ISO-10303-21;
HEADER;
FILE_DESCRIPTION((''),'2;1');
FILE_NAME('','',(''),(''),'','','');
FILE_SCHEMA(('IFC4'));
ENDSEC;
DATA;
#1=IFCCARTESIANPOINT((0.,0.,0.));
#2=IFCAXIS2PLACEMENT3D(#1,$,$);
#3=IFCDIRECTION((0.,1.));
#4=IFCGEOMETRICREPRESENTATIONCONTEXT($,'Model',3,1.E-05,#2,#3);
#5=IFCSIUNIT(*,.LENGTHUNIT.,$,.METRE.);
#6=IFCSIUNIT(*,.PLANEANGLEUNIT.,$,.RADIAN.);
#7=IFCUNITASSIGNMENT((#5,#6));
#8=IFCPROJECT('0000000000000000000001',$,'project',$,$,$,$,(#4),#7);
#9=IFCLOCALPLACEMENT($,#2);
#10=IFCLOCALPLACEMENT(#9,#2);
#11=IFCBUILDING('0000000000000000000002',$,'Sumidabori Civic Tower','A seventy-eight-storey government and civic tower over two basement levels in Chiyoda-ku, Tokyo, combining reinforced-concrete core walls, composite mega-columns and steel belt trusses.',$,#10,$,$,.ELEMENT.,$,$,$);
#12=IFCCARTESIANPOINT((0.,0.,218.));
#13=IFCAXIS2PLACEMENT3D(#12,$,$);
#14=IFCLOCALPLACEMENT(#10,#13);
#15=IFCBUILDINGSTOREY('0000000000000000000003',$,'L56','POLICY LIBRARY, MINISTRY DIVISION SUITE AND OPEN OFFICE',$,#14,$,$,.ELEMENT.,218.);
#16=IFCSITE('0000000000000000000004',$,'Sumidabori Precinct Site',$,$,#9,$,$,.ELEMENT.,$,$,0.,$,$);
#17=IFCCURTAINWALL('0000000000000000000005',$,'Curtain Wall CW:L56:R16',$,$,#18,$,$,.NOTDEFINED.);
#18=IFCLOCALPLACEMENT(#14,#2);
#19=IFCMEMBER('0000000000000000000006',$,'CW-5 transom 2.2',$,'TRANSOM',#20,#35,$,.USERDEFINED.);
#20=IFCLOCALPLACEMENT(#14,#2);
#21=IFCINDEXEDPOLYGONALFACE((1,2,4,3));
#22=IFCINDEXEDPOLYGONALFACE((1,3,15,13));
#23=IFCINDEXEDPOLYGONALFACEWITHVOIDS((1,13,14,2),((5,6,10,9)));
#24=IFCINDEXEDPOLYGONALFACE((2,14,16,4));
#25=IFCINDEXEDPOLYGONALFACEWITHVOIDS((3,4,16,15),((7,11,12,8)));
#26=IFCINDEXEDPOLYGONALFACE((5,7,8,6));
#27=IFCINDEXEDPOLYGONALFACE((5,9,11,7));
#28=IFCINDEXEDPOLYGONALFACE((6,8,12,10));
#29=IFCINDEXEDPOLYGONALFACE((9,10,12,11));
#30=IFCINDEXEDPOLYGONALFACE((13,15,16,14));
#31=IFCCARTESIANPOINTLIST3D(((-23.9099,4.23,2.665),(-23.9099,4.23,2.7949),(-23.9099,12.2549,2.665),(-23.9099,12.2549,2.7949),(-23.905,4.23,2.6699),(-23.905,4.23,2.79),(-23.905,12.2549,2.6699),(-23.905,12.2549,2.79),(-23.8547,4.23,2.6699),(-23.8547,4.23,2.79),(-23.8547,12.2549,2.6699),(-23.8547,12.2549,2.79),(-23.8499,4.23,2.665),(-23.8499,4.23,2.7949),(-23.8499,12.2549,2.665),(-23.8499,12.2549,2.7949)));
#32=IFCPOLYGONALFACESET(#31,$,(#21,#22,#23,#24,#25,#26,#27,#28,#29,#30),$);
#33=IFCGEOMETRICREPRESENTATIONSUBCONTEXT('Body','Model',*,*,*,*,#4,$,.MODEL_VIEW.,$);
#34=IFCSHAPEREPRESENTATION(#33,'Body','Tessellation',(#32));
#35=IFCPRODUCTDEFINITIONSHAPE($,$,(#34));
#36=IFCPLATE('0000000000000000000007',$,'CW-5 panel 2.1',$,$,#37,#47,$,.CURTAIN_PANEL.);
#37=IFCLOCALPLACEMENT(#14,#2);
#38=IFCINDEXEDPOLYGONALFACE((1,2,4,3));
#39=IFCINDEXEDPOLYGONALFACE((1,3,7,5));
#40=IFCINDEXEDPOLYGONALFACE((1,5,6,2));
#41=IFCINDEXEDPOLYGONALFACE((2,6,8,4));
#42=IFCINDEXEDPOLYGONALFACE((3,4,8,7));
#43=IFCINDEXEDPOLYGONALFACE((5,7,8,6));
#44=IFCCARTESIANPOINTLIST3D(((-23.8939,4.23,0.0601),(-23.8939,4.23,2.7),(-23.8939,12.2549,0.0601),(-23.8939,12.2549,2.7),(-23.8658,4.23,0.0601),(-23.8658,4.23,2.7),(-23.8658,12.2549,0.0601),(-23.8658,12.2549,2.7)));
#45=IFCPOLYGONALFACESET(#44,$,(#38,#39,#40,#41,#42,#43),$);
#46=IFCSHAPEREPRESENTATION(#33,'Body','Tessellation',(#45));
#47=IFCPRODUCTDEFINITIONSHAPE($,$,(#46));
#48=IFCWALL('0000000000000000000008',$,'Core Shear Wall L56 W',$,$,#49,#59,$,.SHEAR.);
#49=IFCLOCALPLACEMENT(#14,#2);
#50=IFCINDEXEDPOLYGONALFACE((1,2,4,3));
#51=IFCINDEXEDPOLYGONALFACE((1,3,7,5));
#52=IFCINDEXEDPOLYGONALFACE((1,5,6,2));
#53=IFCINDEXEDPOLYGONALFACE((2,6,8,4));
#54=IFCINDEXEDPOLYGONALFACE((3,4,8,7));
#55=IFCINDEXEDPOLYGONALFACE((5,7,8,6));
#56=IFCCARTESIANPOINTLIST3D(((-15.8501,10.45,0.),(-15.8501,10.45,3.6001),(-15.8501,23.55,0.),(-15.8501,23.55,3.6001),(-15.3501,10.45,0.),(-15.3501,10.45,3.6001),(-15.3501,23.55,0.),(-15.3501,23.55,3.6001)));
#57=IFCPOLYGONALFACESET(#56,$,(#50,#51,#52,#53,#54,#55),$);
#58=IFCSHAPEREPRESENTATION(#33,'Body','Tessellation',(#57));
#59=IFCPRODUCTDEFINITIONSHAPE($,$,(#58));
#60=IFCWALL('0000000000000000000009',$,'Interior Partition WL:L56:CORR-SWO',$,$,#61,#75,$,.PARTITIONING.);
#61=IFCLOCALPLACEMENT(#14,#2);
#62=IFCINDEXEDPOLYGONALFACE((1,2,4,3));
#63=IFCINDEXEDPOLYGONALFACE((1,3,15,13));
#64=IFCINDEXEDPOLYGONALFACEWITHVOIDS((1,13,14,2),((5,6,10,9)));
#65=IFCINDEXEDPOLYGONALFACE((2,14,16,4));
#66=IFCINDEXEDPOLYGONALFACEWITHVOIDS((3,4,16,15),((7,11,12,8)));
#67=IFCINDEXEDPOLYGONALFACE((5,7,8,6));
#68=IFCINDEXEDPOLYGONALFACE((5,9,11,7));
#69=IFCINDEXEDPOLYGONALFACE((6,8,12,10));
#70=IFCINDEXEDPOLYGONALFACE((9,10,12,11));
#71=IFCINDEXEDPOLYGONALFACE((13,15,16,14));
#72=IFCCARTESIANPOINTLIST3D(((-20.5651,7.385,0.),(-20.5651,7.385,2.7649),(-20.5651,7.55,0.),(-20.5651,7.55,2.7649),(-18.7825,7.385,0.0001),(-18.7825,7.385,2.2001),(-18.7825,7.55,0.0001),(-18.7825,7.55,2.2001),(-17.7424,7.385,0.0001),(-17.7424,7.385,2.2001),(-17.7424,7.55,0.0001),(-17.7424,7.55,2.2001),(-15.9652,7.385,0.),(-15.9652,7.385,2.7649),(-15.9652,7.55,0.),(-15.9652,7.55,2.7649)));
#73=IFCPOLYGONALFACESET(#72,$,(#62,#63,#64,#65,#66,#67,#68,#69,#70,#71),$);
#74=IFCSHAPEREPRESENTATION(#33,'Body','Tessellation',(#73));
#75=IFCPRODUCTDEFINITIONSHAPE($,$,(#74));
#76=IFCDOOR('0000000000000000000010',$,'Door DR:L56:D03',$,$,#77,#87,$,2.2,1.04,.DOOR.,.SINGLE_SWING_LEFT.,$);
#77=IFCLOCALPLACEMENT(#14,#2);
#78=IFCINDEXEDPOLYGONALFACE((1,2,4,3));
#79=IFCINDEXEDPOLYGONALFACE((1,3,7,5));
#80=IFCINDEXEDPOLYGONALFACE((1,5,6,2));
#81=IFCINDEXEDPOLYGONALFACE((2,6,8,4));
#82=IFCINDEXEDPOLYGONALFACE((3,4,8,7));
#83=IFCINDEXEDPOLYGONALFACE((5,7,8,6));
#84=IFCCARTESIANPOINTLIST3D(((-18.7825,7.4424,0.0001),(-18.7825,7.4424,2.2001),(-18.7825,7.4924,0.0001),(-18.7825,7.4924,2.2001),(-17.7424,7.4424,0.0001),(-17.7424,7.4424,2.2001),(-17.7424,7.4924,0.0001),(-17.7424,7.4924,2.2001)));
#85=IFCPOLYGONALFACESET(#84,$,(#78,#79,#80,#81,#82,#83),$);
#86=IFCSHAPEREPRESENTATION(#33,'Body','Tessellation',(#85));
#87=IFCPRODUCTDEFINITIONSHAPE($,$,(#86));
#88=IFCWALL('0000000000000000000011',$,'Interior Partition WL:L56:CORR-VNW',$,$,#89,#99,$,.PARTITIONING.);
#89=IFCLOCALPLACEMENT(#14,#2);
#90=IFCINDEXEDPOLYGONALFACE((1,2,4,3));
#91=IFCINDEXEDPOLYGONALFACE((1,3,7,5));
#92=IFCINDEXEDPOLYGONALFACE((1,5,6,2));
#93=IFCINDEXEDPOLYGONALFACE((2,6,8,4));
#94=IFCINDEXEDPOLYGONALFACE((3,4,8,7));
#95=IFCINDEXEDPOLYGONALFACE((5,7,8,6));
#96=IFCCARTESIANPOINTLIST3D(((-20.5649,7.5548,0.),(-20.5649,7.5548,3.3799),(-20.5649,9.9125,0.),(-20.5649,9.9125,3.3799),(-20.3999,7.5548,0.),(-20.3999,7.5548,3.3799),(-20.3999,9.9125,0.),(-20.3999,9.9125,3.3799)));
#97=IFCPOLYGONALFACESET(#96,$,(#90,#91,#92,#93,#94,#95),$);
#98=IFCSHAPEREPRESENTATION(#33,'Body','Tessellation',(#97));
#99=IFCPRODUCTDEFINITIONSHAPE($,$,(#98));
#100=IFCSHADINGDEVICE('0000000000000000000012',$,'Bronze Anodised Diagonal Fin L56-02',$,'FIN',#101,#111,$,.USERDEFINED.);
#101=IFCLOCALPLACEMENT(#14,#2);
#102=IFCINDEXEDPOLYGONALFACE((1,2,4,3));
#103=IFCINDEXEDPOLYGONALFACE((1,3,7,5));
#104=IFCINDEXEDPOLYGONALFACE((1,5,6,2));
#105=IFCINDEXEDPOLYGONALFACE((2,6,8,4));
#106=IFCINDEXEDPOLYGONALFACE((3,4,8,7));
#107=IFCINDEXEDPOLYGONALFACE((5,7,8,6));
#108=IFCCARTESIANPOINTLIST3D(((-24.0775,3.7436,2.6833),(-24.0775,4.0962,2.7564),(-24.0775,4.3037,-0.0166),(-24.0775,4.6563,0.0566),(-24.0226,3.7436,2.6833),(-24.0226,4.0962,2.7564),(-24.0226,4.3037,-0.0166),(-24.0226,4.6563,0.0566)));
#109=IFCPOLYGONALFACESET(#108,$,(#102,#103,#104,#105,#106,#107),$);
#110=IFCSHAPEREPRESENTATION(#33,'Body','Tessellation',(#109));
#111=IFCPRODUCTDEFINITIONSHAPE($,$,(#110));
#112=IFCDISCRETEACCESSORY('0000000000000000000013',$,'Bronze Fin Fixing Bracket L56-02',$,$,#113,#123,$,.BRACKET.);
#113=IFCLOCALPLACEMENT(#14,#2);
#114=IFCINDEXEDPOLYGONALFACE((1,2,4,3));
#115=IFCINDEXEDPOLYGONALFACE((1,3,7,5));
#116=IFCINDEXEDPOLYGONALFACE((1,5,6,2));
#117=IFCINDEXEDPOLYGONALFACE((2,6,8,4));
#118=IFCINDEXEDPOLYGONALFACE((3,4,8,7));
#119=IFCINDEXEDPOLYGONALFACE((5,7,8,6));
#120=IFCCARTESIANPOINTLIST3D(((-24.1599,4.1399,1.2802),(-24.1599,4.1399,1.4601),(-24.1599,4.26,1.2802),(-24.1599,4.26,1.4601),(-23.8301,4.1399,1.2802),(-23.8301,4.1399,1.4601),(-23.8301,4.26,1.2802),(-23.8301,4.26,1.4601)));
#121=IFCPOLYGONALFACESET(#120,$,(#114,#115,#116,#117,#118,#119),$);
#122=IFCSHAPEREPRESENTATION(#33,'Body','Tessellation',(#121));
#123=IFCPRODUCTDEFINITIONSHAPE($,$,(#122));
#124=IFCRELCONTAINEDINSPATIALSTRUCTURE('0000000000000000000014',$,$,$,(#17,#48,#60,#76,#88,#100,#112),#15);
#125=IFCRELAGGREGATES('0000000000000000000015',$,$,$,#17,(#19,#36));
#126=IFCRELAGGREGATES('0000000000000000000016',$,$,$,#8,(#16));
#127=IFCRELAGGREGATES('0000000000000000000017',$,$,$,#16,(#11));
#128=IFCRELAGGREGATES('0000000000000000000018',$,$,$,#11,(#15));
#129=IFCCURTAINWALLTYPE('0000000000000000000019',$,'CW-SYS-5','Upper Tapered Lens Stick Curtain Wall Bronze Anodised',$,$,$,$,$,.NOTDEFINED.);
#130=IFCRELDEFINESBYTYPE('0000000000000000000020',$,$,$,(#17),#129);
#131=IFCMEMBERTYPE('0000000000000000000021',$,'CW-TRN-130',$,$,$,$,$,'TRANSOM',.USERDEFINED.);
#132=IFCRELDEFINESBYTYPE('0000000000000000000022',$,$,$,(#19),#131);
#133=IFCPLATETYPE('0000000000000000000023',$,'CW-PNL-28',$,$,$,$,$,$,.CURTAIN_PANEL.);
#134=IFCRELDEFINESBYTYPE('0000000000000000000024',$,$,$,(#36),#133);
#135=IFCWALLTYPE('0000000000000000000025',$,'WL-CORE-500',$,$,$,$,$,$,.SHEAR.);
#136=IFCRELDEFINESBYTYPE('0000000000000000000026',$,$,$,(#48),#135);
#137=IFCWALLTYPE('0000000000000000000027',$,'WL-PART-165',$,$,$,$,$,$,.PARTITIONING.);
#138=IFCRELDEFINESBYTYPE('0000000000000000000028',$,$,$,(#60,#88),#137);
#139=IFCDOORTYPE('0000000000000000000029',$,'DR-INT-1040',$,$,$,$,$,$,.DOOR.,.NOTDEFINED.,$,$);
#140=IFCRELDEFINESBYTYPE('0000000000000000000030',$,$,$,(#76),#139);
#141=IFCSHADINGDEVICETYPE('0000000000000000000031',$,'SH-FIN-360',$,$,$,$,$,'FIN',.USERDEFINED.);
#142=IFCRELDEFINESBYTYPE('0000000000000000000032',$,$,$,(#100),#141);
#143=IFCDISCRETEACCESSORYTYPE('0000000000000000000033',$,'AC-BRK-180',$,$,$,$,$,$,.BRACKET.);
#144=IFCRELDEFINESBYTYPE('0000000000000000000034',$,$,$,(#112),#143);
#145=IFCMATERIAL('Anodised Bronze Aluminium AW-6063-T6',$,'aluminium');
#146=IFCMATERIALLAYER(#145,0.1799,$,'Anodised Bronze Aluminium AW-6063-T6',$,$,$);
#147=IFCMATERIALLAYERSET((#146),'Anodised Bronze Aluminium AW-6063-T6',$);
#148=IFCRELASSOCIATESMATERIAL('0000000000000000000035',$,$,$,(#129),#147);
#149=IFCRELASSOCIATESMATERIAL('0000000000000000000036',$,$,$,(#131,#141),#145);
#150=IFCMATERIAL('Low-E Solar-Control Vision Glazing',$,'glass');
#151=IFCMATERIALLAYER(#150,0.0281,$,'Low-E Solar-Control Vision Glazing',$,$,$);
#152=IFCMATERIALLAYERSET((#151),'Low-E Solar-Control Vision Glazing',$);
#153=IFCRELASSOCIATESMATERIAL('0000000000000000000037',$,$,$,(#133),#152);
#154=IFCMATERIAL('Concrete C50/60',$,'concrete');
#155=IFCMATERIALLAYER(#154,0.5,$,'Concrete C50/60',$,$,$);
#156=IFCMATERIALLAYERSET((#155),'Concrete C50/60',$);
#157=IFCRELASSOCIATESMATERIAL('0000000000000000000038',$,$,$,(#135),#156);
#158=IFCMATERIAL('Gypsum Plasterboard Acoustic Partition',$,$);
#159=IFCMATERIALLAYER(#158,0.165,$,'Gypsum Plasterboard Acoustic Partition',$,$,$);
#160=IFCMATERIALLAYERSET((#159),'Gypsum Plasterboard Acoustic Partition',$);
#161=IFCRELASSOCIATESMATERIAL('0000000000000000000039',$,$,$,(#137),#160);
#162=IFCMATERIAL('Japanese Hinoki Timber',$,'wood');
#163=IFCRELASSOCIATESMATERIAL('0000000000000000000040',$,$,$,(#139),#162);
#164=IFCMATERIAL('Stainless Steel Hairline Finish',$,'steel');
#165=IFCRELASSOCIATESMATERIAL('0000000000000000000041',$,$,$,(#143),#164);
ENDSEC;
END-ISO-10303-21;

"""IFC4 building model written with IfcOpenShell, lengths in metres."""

from ifc_helpers import new_model, si_unit, direction, frame, frame_2d, origin, origin_2d, place, context, subcontext, project, spatial, rectangle, hollow_rectangle, extrude, source, transform, mapped, material, layer, layer_set, material_profile, profile_set, type_object, element, fill, aggregate, save


model = new_model("IFC4")

# Units and contexts
model_context = context("Model", 3, precision=1e-05, world=origin(), true_north=direction((0.0, 1.0)))
body_context = subcontext(model_context, "Body", "Model", "MODEL_VIEW")
ifc_project = project(units=[si_unit("LENGTHUNIT", "METRE"), si_unit("PLANEANGLEUNIT", "RADIAN")], contexts=[model_context])

# Site, building, storey
site_placement = place(None, origin())
site = spatial("IfcSite", under=ifc_project, at=site_placement, Name="Sumidabori Precinct Site", CompositionType="ELEMENT", RefElevation=0.0)
building_placement = place(site_placement, origin())
building = spatial("IfcBuilding", under=site, at=building_placement, Name="Sumidabori Civic Tower", Description="A seventy-eight-storey government and civic tower over two basement levels in Chiyoda-ku, Tokyo, combining reinforced-concrete core walls, composite mega-columns and steel belt trusses.", CompositionType="ELEMENT")
storey_placement = place(building_placement, frame((0.0, 0.0, 218.0)))
storey = spatial("IfcBuildingStorey", under=building, at=storey_placement, Name="L56", Description="POLICY LIBRARY, MINISTRY DIVISION SUITE AND OPEN OFFICE", CompositionType="ELEMENT", Elevation=218.0)

# Curtain wall, member, plate
ifc_material_1 = material(Name="Anodised Bronze Aluminium AW-6063-T6", Category="aluminium")
ifc_layer_1 = layer(ifc_material_1, 0.1799, Name="Anodised Bronze Aluminium AW-6063-T6")
ifc_layer_set_1 = layer_set([ifc_layer_1], Name="Anodised Bronze Aluminium AW-6063-T6")
curtain_wall_type = type_object("IfcCurtainWallType", Name="CW-SYS-5", Description="Upper Tapered Lens Stick Curtain Wall Bronze Anodised", PredefinedType="NOTDEFINED", material=ifc_layer_set_1)
curtain_wall_placement = place(storey_placement, origin())
curtain_wall = element("IfcCurtainWall", 1, at=curtain_wall_placement, inside=storey, type_object=curtain_wall_type, Name="Curtain Wall CW:L56:R16", PredefinedType="NOTDEFINED")
ifc_material_profile_1 = material_profile(ifc_material_1, hollow_rectangle(XDim=0.0601, YDim=0.1299, WallThickness=0.0049, at=origin_2d()), Name="ALU TRANSOM 130x60")
ifc_profile_set_1 = profile_set([ifc_material_profile_1], Name="Anodised Bronze Aluminium AW-6063-T6")
member_type_1 = type_object("IfcMemberType", Name="CW-TRN-130", ElementType="TRANSOM", PredefinedType="USERDEFINED", material=ifc_profile_set_1)
shared_shape_1 = source(origin(), body_context, "Body", "SweptSolid", [
    extrude(hollow_rectangle(XDim=0.0601, YDim=0.1299, WallThickness=0.0049, at=origin_2d()), origin(), (0.0, 0.0, 1.0), 8.0249),
])
member_1_placement = place(storey_placement, frame((-23.8799, 12.2549, 2.73), z_axis=(0.0, -1.0, 0.0), x_axis=(1.0, 0.0, 0.0)))
member_1 = element("IfcMember", 2, at=member_1_placement, type_object=member_type_1, Name="CW-5 transom 2.2", ObjectType="TRANSOM", PredefinedType="USERDEFINED", context=body_context, shape_type="MappedRepresentation", body=[
    mapped(shared_shape_1, transform((0.0, 0.0, 0.0), x_axis=(1.0, 0.0, 0.0), y_axis=(0.0, 1.0, 0.0), z_axis=(0.0, 0.0, 1.0), scale=1.0)),
])
ifc_material_2 = material(Name="Low-E Solar-Control Vision Glazing", Category="glass")
ifc_layer_2 = layer(ifc_material_2, 0.0281, Name="Low-E Solar-Control Vision Glazing")
ifc_layer_set_2 = layer_set([ifc_layer_2], Name="Low-E Solar-Control Vision Glazing")
plate_type = type_object("IfcPlateType", Name="CW-PNL-28", PredefinedType="CURTAIN_PANEL", material=ifc_layer_set_2)
shared_shape_2 = source(origin(), body_context, "Body", "SweptSolid", [
    extrude(rectangle(XDim=8.0249, YDim=0.0281, at=origin_2d()), origin(), (0.0, 0.0, 1.0), 2.6399),
])
plate_placement = place(storey_placement, frame((-23.8799, 8.2424, 0.0601), z_axis=(0.0, 0.0, 1.0), x_axis=(0.0, -1.0, 0.0)))
plate = element("IfcPlate", 3, at=plate_placement, type_object=plate_type, Name="CW-5 panel 2.1", PredefinedType="CURTAIN_PANEL", context=body_context, shape_type="MappedRepresentation", body=[
    mapped(shared_shape_2, transform((0.0, 0.0, 0.0), x_axis=(1.0, 0.0, 0.0), y_axis=(0.0, 1.0, 0.0), z_axis=(0.0, 0.0, 1.0), scale=1.0)),
])
aggregate(curtain_wall, [member_1, plate])

# Shared definitions
ifc_material_3 = material(Name="Concrete C50/60", Category="concrete")
ifc_layer_3 = layer(ifc_material_3, 0.5, Name="Concrete C50/60")
ifc_layer_set_3 = layer_set([ifc_layer_3], Name="Concrete C50/60")
wall_type_1 = type_object("IfcWallType", Name="WL-CORE-500", PredefinedType="SHEAR", material=ifc_layer_set_3)

# Wall
shared_shape_3 = source(origin(), body_context, "Body", "SweptSolid", [
    extrude(rectangle(XDim=13.1001, YDim=0.5, at=frame_2d((6.55, 0.0))), origin(), (0.0, 0.0, 1.0), 3.6001),
])
wall_1_placement = place(storey_placement, frame((-15.6001, 10.45, 0.0), z_axis=(0.0, 0.0, 1.0), x_axis=(0.0, 1.0, 0.0)))
element("IfcWall", 4, at=wall_1_placement, inside=storey, type_object=wall_type_1, Name="Core Shear Wall L56 W", PredefinedType="SHEAR", context=body_context, shape_type="MappedRepresentation", body=[
    mapped(shared_shape_3, transform((0.0, 0.0, 0.0), x_axis=(1.0, 0.0, 0.0), y_axis=(0.0, 1.0, 0.0), z_axis=(0.0, 0.0, 1.0), scale=1.0)),
])

# Wall, opening, door
ifc_material_4 = material(Name="Gypsum Plasterboard Acoustic Partition")
ifc_layer_4 = layer(ifc_material_4, 0.165, Name="Gypsum Plasterboard Acoustic Partition")
ifc_layer_set_4 = layer_set([ifc_layer_4], Name="Gypsum Plasterboard Acoustic Partition")
wall_type_2 = type_object("IfcWallType", Name="WL-PART-165", PredefinedType="PARTITIONING", material=ifc_layer_set_4)
ifc_material_5 = material(Name="Japanese Hinoki Timber", Category="wood")
shared_shape_4 = source(origin(), body_context, "Body", "SweptSolid", [
    extrude(rectangle(XDim=4.5999, YDim=0.165, at=frame_2d((2.2998, 0.0))), origin(), (0.0, 0.0, 1.0), 2.7649),
])
wall_2_placement = place(storey_placement, frame((-20.5649, 7.4675, 0.0), z_axis=(0.0, 0.0, 1.0), x_axis=(1.0, 0.0, 0.0)))
wall_2 = element("IfcWall", 5, at=wall_2_placement, inside=storey, type_object=wall_type_2, Name="Interior Partition WL:L56:CORR-SWO", PredefinedType="PARTITIONING", context=body_context, shape_type="MappedRepresentation", body=[
    mapped(shared_shape_4, transform((0.0, 0.0, 0.0), x_axis=(1.0, 0.0, 0.0), y_axis=(0.0, 1.0, 0.0), z_axis=(0.0, 0.0, 1.0), scale=1.0)),
])
opening_1_placement = place(wall_2_placement, frame((1.7825, 0.0, 0.0)))
opening_1 = element("IfcOpeningElement", 6, at=opening_1_placement, cuts=wall_2, PredefinedType="OPENING", context=body_context, shape_type="SweptSolid", body=[
    extrude(rectangle(XDim=1.04, YDim=2.2, at=frame_2d((0.52, 1.1001))), frame((0.0, 0.0945, 0.0), z_axis=(0.0, -1.0, 0.0), x_axis=(1.0, 0.0, 0.0)), (0.0, 0.0, 1.0), 0.189),
])
door_type_1 = type_object("IfcDoorType", Name="DR-INT-1040", OperationType="NOTDEFINED", PredefinedType="DOOR", material=ifc_material_5)
shared_shape_5 = source(origin(), body_context, "Body", "SweptSolid", [
    extrude(rectangle(XDim=1.04, YDim=2.2, at=frame_2d((0.52, 1.1001))), frame((0.0, 0.0249, 0.0), z_axis=(0.0, -1.0, 0.0), x_axis=(1.0, 0.0, 0.0)), (0.0, 0.0, 1.0), 0.05),
])
door_1_placement = place(opening_1_placement, origin())
door_1 = element("IfcDoor", 7, at=door_1_placement, inside=storey, type_object=door_type_1, Name="Door DR:L56:D03", OperationType="SINGLE_SWING_LEFT", OverallHeight=2.2, OverallWidth=1.04, PredefinedType="DOOR", context=body_context, shape_type="MappedRepresentation", body=[
    mapped(shared_shape_5, transform((0.0, 0.0, 0.0), x_axis=(1.0, 0.0, 0.0), y_axis=(0.0, 1.0, 0.0), z_axis=(0.0, 0.0, 1.0), scale=1.0)),
])
fill(opening_1, door_1)

# Wall
shared_shape_6 = source(origin(), body_context, "Body", "SweptSolid", [
    extrude(rectangle(XDim=2.3577, YDim=0.165, at=frame_2d((1.1787, 0.0))), origin(), (0.0, 0.0, 1.0), 3.3799),
])
wall_3_placement = place(storey_placement, frame((-20.4824, 7.5549, 0.0), z_axis=(0.0, 0.0, 1.0), x_axis=(0.0, 1.0, 0.0)))
element("IfcWall", 8, at=wall_3_placement, inside=storey, type_object=wall_type_2, Name="Interior Partition WL:L56:CORR-VNW", PredefinedType="PARTITIONING", context=body_context, shape_type="MappedRepresentation", body=[
    mapped(shared_shape_6, transform((0.0, 0.0, 0.0), x_axis=(1.0, 0.0, 0.0), y_axis=(0.0, 1.0, 0.0), z_axis=(0.0, 0.0, 1.0), scale=1.0)),
])

# Shading device
ifc_material_profile_2 = material_profile(ifc_material_1, rectangle(XDim=0.0549, YDim=0.3601, at=origin_2d()), Name="BRONZE FIN 360x55")
ifc_profile_set_2 = profile_set([ifc_material_profile_2], Name="Anodised Bronze Aluminium AW-6063-T6")
shading_device_type = type_object("IfcShadingDeviceType", Name="SH-FIN-360", ElementType="FIN", PredefinedType="USERDEFINED", material=ifc_profile_set_2)
shared_shape_7 = source(origin(), body_context, "Body", "SweptSolid", [
    extrude(rectangle(XDim=0.0549, YDim=0.3601, at=origin_2d()), origin(), (0.0, 0.0, 1.0), 2.7573),
])
shading_device_placement = place(storey_placement, frame((-24.05, 4.48, 0.02), z_axis=(0.0, -0.203109, 0.979156), x_axis=(-1.0, 0.0, 0.0)))
element("IfcShadingDevice", 9, at=shading_device_placement, inside=storey, type_object=shading_device_type, Name="Bronze Anodised Diagonal Fin L56-02", ObjectType="FIN", PredefinedType="USERDEFINED", context=body_context, shape_type="MappedRepresentation", body=[
    mapped(shared_shape_7, transform((0.0, 0.0, 0.0), x_axis=(1.0, 0.0, 0.0), y_axis=(0.0, 1.0, 0.0), z_axis=(0.0, 0.0, 1.0), scale=1.0)),
])

# Discrete accessory
ifc_material_6 = material(Name="Stainless Steel Hairline Finish", Category="steel")
ifc_material_profile_3 = material_profile(ifc_material_6, rectangle(XDim=0.1201, YDim=0.1799, at=origin_2d()), Name="STEEL BRACKET 180x120")
ifc_profile_set_3 = profile_set([ifc_material_profile_3], Name="Stainless Steel Hairline Finish")
discrete_accessory_type = type_object("IfcDiscreteAccessoryType", Name="AC-BRK-180", PredefinedType="BRACKET", material=ifc_profile_set_3)
shared_shape_8 = source(origin(), body_context, "Body", "SweptSolid", [
    extrude(rectangle(XDim=0.1201, YDim=0.1799, at=origin_2d()), origin(), (0.0, 0.0, 1.0), 0.3298),
])
discrete_accessory_placement = place(storey_placement, frame((-23.8301, 4.2, 1.3701), z_axis=(-1.0, 0.0, 0.0), x_axis=(0.0, -1.0, 0.0)))
element("IfcDiscreteAccessory", 10, at=discrete_accessory_placement, inside=storey, type_object=discrete_accessory_type, Name="Bronze Fin Fixing Bracket L56-02", PredefinedType="BRACKET", context=body_context, shape_type="MappedRepresentation", body=[
    mapped(shared_shape_8, transform((0.0, 0.0, 0.0), x_axis=(1.0, 0.0, 0.0), y_axis=(0.0, 1.0, 0.0), z_axis=(0.0, 0.0, 1.0), scale=1.0)),
])

save(model, "model.ifc")
